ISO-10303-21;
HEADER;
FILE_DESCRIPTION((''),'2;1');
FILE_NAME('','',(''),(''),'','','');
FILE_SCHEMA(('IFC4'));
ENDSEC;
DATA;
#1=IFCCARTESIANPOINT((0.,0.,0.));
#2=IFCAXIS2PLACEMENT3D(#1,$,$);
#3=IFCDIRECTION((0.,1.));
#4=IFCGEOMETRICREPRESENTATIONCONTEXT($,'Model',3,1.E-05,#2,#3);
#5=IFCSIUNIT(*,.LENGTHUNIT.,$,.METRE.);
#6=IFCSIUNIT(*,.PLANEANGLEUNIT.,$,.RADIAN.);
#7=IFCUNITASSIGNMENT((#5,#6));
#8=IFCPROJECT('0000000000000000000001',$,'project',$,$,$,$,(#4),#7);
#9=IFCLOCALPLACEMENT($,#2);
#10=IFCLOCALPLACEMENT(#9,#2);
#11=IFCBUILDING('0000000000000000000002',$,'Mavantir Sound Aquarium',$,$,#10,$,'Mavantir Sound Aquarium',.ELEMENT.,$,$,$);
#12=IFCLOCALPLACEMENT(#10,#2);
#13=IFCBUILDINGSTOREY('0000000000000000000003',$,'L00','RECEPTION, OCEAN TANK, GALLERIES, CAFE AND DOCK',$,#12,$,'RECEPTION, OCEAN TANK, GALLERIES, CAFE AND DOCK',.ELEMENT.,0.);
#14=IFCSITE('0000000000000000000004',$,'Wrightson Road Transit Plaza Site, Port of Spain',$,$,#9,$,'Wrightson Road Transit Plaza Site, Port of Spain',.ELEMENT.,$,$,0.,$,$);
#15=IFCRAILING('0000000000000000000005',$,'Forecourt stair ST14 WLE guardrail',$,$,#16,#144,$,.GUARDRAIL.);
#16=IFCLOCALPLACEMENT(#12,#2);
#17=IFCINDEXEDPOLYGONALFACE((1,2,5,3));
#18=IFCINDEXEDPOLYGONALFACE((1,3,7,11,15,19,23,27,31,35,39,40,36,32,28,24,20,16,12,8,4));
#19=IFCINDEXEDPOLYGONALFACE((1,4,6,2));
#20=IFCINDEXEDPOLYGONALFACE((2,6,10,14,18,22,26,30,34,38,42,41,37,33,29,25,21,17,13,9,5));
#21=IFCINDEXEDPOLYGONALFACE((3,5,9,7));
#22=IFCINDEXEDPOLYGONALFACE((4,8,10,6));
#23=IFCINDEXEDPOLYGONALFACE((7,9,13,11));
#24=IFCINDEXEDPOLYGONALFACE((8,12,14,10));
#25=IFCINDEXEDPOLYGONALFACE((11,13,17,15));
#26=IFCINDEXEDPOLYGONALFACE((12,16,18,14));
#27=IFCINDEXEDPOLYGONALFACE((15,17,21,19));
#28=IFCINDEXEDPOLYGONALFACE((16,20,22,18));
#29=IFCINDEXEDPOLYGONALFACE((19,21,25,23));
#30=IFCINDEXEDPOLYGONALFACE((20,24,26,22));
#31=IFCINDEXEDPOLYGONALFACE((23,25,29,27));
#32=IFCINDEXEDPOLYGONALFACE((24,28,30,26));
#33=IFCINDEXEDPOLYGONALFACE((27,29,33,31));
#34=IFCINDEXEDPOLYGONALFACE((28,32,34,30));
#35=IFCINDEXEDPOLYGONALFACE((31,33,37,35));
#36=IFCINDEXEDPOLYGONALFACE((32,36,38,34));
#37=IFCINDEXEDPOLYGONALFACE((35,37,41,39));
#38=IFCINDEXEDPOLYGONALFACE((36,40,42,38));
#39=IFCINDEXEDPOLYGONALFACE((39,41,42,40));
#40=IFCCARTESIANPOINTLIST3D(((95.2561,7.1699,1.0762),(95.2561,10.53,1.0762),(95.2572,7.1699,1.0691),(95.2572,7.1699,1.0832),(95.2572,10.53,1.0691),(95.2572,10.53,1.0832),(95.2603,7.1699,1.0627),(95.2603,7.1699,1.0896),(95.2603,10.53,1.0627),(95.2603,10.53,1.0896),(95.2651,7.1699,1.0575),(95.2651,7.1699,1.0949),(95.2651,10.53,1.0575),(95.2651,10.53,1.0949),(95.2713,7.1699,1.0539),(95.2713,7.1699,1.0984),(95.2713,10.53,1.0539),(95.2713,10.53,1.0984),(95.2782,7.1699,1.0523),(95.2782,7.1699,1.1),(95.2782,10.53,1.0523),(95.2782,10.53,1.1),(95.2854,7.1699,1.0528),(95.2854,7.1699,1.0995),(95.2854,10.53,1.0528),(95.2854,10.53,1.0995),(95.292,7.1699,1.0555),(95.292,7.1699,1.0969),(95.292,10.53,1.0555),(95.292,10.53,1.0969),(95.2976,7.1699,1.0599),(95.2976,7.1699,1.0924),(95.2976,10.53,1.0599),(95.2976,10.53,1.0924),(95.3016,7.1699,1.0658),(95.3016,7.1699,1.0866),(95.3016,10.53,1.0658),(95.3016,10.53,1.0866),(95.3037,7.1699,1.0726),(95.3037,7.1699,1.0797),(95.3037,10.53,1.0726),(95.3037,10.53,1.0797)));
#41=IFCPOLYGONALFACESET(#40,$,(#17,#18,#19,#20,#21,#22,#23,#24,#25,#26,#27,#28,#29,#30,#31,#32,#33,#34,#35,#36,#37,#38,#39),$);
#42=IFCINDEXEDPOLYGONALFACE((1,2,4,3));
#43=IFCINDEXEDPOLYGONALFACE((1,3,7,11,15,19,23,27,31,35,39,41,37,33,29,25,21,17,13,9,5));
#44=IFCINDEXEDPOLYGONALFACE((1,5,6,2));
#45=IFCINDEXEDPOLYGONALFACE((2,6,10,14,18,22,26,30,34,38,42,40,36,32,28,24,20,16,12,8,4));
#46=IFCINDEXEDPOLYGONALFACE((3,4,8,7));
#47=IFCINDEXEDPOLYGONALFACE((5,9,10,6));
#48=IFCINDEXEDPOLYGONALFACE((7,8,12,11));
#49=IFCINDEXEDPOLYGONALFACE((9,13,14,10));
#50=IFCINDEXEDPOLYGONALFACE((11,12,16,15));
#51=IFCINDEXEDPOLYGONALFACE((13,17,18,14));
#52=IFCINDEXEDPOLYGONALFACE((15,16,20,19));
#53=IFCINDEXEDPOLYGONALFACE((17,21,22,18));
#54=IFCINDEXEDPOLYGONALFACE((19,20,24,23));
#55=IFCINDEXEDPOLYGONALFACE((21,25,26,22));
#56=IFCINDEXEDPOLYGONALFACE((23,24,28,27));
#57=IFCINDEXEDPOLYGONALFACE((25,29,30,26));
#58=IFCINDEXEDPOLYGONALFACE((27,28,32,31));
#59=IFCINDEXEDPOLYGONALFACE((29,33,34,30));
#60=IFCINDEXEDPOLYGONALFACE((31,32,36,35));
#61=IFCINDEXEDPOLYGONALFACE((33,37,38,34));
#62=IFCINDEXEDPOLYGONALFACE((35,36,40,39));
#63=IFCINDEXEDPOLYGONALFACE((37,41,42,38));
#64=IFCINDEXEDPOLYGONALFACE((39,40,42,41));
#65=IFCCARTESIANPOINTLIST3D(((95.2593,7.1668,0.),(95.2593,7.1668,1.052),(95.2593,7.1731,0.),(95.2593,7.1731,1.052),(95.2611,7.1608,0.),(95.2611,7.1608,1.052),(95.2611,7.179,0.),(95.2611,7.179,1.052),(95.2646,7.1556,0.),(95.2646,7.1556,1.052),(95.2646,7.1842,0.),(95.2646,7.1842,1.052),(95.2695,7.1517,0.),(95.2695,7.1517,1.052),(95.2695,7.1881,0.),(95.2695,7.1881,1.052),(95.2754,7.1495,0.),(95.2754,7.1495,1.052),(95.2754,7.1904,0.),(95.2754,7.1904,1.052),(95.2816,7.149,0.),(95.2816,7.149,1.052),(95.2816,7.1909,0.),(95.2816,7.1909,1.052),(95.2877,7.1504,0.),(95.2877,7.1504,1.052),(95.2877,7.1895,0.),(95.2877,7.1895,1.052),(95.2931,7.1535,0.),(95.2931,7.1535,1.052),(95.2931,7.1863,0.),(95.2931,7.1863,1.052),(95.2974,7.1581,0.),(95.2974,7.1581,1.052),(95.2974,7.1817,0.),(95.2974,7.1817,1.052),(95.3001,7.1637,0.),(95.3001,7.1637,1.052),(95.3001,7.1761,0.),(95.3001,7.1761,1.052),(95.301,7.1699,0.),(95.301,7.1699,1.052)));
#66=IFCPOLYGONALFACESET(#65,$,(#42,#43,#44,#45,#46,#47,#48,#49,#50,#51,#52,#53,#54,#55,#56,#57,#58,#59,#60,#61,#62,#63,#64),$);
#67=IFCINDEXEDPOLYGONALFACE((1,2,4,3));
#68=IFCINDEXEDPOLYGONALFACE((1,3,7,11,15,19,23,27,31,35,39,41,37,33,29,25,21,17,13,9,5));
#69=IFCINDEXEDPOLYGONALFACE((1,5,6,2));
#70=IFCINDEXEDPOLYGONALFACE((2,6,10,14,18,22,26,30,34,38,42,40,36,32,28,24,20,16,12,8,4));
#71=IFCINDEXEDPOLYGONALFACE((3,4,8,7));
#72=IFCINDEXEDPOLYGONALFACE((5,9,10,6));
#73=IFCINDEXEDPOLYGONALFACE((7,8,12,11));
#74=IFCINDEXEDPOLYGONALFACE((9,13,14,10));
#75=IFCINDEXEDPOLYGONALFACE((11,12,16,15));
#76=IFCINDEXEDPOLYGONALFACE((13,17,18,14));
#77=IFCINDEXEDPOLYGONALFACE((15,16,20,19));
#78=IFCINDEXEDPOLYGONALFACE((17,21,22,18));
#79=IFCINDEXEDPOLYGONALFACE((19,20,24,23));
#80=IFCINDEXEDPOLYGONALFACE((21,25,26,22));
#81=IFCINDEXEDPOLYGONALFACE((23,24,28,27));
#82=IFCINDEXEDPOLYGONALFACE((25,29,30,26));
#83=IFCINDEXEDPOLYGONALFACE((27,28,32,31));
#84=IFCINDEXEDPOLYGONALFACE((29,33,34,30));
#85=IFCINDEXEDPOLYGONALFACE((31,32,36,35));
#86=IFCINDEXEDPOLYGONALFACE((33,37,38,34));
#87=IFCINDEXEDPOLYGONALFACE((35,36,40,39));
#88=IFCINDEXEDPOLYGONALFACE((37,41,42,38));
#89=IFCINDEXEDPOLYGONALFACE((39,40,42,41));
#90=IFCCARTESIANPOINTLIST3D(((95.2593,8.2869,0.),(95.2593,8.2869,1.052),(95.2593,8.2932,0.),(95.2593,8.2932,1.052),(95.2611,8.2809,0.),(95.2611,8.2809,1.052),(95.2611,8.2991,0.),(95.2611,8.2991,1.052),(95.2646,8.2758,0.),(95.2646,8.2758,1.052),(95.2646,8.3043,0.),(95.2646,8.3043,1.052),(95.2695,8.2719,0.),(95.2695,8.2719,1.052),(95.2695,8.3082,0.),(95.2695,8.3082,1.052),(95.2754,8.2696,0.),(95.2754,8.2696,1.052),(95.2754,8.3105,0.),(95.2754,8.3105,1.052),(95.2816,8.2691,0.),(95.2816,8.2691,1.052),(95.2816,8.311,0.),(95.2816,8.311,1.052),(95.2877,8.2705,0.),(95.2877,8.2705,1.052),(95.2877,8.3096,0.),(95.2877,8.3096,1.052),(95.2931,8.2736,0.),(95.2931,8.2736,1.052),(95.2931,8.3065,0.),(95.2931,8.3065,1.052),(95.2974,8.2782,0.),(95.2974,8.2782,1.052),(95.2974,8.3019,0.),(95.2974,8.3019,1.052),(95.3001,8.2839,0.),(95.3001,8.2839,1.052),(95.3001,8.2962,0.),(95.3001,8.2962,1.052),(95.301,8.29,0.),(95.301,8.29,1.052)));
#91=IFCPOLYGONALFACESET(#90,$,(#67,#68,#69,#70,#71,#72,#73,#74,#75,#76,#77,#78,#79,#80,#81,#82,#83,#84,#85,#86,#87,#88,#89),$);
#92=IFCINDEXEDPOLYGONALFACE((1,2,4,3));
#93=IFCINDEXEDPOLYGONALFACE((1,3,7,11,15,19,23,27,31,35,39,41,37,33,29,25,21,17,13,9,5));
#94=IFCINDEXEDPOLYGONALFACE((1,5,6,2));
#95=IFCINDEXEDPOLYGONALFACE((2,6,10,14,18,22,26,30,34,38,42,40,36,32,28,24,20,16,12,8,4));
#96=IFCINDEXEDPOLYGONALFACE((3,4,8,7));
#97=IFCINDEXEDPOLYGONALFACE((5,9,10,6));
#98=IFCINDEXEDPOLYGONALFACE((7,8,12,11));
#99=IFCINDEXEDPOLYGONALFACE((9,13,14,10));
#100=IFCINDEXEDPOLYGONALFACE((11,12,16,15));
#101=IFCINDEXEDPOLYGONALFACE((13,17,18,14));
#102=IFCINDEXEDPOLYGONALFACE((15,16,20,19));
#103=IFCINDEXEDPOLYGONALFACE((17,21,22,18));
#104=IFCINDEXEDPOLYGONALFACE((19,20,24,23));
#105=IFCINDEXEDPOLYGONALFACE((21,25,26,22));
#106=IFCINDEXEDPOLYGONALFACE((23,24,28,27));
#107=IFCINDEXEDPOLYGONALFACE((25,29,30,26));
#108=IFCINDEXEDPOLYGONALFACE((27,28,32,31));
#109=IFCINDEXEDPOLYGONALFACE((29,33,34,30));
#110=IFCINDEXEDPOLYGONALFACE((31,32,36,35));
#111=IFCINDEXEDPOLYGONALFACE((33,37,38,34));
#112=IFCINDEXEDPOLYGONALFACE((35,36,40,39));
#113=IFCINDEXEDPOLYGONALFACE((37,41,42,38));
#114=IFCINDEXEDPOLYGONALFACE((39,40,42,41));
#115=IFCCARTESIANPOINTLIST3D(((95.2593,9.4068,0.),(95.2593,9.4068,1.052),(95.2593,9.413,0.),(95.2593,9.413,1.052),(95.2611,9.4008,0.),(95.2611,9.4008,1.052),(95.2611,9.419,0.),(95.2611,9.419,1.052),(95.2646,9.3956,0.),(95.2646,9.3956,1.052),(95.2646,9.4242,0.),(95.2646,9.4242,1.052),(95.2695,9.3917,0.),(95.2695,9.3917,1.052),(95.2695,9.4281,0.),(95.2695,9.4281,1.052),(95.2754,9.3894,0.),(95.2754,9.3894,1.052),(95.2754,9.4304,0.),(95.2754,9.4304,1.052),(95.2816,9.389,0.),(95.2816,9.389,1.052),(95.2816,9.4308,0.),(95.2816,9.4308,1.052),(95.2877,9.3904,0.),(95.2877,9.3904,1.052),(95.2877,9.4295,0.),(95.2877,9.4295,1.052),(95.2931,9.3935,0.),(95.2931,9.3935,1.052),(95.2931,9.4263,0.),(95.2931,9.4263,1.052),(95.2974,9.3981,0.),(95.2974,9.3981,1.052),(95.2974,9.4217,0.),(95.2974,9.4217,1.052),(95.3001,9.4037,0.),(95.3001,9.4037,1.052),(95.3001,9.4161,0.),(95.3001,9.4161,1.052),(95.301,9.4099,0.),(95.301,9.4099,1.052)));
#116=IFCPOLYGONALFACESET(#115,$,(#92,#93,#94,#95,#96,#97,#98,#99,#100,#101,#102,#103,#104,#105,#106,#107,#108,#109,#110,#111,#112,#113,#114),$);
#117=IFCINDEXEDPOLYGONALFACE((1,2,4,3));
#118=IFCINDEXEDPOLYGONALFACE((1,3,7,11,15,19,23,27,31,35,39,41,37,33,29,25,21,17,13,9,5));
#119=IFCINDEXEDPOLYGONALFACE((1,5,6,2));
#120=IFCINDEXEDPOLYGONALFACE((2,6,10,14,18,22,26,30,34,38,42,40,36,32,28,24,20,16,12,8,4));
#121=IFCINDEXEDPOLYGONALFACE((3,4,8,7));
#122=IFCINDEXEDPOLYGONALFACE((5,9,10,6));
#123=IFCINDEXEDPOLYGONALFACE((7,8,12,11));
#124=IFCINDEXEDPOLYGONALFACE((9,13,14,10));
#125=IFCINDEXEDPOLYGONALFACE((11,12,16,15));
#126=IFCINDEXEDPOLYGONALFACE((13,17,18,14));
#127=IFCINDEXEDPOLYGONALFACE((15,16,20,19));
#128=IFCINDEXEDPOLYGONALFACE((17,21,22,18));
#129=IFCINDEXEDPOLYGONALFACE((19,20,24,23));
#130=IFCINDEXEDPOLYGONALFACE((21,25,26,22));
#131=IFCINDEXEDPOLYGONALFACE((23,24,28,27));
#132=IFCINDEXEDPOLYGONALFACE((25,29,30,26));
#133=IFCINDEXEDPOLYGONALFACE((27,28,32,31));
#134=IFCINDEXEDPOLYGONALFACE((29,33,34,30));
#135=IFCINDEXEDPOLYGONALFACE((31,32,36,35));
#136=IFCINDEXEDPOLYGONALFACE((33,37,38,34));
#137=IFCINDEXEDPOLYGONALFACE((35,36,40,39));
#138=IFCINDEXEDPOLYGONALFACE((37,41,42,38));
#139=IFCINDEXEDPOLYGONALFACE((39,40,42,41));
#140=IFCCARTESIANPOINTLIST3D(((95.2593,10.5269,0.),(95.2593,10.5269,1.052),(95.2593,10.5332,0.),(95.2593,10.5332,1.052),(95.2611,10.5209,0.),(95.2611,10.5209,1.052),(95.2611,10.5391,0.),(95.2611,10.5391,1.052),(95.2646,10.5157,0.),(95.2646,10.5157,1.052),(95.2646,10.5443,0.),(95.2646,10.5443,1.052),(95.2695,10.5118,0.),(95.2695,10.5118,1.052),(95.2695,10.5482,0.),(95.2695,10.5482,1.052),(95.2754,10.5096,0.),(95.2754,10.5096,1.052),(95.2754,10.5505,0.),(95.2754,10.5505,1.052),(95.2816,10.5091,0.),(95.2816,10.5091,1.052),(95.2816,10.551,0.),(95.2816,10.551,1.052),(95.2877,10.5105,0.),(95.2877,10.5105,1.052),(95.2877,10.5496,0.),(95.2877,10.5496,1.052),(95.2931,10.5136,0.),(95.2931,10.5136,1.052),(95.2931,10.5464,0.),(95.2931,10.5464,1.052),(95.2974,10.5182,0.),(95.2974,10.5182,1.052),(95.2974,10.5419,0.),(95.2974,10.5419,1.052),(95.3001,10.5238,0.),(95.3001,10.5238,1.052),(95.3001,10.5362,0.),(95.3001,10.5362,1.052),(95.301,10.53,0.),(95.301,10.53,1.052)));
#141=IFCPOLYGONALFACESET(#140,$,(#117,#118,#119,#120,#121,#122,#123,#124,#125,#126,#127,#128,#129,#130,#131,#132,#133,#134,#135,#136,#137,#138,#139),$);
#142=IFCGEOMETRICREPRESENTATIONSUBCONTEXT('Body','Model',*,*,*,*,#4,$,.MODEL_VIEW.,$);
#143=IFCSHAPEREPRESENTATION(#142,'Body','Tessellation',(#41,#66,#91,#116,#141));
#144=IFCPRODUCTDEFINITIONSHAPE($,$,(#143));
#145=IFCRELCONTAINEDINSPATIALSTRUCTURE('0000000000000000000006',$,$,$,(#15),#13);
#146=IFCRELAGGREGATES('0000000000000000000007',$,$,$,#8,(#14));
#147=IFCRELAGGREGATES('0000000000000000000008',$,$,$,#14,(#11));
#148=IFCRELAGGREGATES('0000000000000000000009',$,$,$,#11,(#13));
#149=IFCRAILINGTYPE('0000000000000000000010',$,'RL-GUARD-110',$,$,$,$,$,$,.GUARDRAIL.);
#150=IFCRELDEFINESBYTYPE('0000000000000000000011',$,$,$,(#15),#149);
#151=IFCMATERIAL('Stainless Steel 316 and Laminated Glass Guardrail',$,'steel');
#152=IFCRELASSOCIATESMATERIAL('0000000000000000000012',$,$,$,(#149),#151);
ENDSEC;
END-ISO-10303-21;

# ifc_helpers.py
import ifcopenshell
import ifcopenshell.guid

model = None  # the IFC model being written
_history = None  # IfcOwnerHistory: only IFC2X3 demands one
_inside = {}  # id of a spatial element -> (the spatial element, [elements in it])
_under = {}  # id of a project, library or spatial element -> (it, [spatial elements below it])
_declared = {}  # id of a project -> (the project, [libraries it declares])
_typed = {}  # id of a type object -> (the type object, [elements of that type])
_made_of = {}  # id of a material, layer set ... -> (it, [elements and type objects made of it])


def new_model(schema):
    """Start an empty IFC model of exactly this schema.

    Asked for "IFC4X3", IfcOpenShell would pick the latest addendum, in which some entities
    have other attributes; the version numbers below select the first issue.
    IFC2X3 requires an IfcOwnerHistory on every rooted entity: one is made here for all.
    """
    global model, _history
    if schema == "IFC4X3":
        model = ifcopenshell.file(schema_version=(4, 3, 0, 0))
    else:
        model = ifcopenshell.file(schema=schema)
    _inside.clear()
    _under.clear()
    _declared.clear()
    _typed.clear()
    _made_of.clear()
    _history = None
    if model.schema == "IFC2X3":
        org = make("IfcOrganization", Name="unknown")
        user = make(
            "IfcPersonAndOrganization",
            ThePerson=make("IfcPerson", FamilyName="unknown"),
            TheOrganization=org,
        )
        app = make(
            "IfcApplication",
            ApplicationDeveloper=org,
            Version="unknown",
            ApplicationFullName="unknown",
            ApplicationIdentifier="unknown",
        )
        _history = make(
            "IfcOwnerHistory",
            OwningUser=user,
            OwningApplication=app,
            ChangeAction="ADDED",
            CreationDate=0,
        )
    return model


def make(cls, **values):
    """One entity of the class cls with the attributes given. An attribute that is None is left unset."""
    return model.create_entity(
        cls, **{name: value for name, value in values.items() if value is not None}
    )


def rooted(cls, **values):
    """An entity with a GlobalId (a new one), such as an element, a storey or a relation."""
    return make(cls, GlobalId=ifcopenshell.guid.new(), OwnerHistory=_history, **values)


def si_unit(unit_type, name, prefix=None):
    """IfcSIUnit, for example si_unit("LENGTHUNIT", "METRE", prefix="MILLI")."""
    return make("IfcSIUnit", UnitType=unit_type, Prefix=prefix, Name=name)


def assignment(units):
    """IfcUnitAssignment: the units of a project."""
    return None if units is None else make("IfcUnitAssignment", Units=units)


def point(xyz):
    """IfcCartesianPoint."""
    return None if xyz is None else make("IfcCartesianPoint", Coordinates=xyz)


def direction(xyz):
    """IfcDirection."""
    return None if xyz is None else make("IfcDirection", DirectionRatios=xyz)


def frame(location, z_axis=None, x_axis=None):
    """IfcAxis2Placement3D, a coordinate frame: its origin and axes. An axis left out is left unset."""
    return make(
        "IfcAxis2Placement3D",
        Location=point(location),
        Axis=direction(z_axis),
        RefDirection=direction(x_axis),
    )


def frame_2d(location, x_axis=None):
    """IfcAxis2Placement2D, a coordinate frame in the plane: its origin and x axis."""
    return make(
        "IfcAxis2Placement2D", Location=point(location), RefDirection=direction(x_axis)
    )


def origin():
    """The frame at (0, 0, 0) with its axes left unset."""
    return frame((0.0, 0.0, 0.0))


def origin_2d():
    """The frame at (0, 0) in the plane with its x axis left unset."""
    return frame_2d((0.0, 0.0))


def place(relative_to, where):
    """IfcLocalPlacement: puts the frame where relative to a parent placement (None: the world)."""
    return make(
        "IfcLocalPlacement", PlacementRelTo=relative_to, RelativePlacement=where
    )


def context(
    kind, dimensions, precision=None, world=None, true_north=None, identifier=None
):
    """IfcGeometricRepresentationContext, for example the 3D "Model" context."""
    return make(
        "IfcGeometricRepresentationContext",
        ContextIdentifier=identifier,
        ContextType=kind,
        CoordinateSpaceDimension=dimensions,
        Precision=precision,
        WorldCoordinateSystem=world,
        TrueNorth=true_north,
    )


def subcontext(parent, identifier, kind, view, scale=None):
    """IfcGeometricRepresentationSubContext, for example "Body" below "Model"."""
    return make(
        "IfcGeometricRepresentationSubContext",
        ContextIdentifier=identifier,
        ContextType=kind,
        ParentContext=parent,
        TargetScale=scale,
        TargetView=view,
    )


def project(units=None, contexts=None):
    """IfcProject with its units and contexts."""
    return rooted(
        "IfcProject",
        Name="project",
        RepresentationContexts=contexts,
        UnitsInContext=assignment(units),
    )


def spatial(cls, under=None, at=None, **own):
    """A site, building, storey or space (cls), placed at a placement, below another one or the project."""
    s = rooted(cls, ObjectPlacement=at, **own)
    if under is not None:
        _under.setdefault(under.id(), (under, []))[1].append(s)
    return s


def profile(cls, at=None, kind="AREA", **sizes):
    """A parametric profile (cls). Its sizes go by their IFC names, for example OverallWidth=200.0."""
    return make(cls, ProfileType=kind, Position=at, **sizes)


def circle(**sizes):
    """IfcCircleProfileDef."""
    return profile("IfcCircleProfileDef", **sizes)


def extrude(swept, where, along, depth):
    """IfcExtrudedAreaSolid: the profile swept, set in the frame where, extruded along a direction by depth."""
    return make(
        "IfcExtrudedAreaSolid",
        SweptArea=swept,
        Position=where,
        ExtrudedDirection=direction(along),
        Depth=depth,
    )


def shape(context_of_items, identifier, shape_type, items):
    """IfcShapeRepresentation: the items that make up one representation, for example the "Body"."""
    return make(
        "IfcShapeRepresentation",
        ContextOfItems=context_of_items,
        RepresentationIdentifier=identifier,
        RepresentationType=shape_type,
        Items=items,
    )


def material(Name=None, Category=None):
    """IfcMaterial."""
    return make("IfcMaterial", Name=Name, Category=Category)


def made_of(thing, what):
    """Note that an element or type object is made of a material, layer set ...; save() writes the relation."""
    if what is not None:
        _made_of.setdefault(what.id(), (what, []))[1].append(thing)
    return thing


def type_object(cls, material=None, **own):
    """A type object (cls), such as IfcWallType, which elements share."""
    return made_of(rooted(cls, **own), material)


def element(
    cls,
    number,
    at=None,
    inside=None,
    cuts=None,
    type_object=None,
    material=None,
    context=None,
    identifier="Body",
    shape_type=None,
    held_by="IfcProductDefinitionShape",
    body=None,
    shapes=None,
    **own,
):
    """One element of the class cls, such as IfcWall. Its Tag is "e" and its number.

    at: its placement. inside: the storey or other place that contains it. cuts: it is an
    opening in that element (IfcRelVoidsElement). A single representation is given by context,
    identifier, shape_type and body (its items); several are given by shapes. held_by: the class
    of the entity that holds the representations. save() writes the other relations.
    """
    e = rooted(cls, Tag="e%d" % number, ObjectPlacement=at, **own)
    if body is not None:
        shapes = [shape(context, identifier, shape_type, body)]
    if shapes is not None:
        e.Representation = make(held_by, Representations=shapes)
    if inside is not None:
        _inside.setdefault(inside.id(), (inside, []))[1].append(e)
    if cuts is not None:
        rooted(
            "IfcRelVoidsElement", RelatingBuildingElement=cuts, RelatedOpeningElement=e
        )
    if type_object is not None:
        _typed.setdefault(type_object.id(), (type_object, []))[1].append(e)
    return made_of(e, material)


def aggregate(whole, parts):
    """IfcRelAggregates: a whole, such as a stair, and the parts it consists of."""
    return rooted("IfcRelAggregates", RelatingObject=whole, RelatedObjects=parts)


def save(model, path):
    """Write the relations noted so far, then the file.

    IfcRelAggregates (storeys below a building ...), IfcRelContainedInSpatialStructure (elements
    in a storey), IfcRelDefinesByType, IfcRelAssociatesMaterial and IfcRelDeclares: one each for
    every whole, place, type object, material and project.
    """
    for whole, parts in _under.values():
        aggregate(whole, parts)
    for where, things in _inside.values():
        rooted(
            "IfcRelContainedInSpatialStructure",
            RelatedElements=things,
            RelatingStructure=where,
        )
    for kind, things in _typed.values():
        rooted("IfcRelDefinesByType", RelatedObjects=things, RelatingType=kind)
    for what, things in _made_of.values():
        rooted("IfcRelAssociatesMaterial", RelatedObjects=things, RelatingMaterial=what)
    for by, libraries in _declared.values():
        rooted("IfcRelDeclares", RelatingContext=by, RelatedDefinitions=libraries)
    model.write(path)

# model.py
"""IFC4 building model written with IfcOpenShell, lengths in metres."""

from ifc_helpers import new_model, si_unit, direction, frame, origin, origin_2d, place, context, subcontext, project, spatial, circle, extrude, material, type_object, element, save


model = new_model("IFC4")

# Units and contexts
model_context = context("Model", 3, precision=1e-05, world=origin(), true_north=direction((0.0, 1.0)))
body_context = subcontext(model_context, "Body", "Model", "MODEL_VIEW")
ifc_project = project(units=[si_unit("LENGTHUNIT", "METRE"), si_unit("PLANEANGLEUNIT", "RADIAN")], contexts=[model_context])

# Site, building, storey
site_placement = place(None, origin())
site = spatial("IfcSite", under=ifc_project, at=site_placement, Name="Wrightson Road Transit Plaza Site, Port of Spain", LongName="Wrightson Road Transit Plaza Site, Port of Spain", CompositionType="ELEMENT", RefElevation=0.0)
building_placement = place(site_placement, origin())
building = spatial("IfcBuilding", under=site, at=building_placement, Name="Mavantir Sound Aquarium", LongName="Mavantir Sound Aquarium", CompositionType="ELEMENT")
storey_placement = place(building_placement, origin())
storey = spatial("IfcBuildingStorey", under=building, at=storey_placement, Name="L00", Description="RECEPTION, OCEAN TANK, GALLERIES, CAFE AND DOCK", LongName="RECEPTION, OCEAN TANK, GALLERIES, CAFE AND DOCK", CompositionType="ELEMENT", Elevation=0.0)

# Railing
ifc_material_1 = material(Name="Stainless Steel 316 and Laminated Glass Guardrail", Category="steel")
railing_type_1 = type_object("IfcRailingType", Name="RL-GUARD-110", PredefinedType="GUARDRAIL", material=ifc_material_1)
railing_1_placement = place(storey_placement, frame((95.28, 7.1699, 0.0)))
element("IfcRailing", 1, at=railing_1_placement, inside=storey, type_object=railing_type_1, Name="Forecourt stair ST14 WLE guardrail", PredefinedType="GUARDRAIL", context=body_context, shape_type="SweptSolid", body=[
    extrude(circle(Radius=0.0239, at=origin_2d()), frame((0.0, 0.0, 1.0762), z_axis=(0.0, 1.0, 0.0), x_axis=(-1.0, 0.0, 0.0)), (0.0, 0.0, 1.0), 3.3601),
    extrude(circle(Radius=0.021, at=origin_2d()), origin(), (0.0, 0.0, 1.0), 1.052),
    extrude(circle(Radius=0.021, at=origin_2d()), frame((0.0, 1.1201, 0.0)), (0.0, 0.0, 1.0), 1.052),
    extrude(circle(Radius=0.021, at=origin_2d()), frame((0.0, 2.24, 0.0)), (0.0, 0.0, 1.0), 1.052),
    extrude(circle(Radius=0.021, at=origin_2d()), frame((0.0, 3.3601, 0.0)), (0.0, 0.0, 1.0), 1.052),
])

save(model, "model.ifc")
